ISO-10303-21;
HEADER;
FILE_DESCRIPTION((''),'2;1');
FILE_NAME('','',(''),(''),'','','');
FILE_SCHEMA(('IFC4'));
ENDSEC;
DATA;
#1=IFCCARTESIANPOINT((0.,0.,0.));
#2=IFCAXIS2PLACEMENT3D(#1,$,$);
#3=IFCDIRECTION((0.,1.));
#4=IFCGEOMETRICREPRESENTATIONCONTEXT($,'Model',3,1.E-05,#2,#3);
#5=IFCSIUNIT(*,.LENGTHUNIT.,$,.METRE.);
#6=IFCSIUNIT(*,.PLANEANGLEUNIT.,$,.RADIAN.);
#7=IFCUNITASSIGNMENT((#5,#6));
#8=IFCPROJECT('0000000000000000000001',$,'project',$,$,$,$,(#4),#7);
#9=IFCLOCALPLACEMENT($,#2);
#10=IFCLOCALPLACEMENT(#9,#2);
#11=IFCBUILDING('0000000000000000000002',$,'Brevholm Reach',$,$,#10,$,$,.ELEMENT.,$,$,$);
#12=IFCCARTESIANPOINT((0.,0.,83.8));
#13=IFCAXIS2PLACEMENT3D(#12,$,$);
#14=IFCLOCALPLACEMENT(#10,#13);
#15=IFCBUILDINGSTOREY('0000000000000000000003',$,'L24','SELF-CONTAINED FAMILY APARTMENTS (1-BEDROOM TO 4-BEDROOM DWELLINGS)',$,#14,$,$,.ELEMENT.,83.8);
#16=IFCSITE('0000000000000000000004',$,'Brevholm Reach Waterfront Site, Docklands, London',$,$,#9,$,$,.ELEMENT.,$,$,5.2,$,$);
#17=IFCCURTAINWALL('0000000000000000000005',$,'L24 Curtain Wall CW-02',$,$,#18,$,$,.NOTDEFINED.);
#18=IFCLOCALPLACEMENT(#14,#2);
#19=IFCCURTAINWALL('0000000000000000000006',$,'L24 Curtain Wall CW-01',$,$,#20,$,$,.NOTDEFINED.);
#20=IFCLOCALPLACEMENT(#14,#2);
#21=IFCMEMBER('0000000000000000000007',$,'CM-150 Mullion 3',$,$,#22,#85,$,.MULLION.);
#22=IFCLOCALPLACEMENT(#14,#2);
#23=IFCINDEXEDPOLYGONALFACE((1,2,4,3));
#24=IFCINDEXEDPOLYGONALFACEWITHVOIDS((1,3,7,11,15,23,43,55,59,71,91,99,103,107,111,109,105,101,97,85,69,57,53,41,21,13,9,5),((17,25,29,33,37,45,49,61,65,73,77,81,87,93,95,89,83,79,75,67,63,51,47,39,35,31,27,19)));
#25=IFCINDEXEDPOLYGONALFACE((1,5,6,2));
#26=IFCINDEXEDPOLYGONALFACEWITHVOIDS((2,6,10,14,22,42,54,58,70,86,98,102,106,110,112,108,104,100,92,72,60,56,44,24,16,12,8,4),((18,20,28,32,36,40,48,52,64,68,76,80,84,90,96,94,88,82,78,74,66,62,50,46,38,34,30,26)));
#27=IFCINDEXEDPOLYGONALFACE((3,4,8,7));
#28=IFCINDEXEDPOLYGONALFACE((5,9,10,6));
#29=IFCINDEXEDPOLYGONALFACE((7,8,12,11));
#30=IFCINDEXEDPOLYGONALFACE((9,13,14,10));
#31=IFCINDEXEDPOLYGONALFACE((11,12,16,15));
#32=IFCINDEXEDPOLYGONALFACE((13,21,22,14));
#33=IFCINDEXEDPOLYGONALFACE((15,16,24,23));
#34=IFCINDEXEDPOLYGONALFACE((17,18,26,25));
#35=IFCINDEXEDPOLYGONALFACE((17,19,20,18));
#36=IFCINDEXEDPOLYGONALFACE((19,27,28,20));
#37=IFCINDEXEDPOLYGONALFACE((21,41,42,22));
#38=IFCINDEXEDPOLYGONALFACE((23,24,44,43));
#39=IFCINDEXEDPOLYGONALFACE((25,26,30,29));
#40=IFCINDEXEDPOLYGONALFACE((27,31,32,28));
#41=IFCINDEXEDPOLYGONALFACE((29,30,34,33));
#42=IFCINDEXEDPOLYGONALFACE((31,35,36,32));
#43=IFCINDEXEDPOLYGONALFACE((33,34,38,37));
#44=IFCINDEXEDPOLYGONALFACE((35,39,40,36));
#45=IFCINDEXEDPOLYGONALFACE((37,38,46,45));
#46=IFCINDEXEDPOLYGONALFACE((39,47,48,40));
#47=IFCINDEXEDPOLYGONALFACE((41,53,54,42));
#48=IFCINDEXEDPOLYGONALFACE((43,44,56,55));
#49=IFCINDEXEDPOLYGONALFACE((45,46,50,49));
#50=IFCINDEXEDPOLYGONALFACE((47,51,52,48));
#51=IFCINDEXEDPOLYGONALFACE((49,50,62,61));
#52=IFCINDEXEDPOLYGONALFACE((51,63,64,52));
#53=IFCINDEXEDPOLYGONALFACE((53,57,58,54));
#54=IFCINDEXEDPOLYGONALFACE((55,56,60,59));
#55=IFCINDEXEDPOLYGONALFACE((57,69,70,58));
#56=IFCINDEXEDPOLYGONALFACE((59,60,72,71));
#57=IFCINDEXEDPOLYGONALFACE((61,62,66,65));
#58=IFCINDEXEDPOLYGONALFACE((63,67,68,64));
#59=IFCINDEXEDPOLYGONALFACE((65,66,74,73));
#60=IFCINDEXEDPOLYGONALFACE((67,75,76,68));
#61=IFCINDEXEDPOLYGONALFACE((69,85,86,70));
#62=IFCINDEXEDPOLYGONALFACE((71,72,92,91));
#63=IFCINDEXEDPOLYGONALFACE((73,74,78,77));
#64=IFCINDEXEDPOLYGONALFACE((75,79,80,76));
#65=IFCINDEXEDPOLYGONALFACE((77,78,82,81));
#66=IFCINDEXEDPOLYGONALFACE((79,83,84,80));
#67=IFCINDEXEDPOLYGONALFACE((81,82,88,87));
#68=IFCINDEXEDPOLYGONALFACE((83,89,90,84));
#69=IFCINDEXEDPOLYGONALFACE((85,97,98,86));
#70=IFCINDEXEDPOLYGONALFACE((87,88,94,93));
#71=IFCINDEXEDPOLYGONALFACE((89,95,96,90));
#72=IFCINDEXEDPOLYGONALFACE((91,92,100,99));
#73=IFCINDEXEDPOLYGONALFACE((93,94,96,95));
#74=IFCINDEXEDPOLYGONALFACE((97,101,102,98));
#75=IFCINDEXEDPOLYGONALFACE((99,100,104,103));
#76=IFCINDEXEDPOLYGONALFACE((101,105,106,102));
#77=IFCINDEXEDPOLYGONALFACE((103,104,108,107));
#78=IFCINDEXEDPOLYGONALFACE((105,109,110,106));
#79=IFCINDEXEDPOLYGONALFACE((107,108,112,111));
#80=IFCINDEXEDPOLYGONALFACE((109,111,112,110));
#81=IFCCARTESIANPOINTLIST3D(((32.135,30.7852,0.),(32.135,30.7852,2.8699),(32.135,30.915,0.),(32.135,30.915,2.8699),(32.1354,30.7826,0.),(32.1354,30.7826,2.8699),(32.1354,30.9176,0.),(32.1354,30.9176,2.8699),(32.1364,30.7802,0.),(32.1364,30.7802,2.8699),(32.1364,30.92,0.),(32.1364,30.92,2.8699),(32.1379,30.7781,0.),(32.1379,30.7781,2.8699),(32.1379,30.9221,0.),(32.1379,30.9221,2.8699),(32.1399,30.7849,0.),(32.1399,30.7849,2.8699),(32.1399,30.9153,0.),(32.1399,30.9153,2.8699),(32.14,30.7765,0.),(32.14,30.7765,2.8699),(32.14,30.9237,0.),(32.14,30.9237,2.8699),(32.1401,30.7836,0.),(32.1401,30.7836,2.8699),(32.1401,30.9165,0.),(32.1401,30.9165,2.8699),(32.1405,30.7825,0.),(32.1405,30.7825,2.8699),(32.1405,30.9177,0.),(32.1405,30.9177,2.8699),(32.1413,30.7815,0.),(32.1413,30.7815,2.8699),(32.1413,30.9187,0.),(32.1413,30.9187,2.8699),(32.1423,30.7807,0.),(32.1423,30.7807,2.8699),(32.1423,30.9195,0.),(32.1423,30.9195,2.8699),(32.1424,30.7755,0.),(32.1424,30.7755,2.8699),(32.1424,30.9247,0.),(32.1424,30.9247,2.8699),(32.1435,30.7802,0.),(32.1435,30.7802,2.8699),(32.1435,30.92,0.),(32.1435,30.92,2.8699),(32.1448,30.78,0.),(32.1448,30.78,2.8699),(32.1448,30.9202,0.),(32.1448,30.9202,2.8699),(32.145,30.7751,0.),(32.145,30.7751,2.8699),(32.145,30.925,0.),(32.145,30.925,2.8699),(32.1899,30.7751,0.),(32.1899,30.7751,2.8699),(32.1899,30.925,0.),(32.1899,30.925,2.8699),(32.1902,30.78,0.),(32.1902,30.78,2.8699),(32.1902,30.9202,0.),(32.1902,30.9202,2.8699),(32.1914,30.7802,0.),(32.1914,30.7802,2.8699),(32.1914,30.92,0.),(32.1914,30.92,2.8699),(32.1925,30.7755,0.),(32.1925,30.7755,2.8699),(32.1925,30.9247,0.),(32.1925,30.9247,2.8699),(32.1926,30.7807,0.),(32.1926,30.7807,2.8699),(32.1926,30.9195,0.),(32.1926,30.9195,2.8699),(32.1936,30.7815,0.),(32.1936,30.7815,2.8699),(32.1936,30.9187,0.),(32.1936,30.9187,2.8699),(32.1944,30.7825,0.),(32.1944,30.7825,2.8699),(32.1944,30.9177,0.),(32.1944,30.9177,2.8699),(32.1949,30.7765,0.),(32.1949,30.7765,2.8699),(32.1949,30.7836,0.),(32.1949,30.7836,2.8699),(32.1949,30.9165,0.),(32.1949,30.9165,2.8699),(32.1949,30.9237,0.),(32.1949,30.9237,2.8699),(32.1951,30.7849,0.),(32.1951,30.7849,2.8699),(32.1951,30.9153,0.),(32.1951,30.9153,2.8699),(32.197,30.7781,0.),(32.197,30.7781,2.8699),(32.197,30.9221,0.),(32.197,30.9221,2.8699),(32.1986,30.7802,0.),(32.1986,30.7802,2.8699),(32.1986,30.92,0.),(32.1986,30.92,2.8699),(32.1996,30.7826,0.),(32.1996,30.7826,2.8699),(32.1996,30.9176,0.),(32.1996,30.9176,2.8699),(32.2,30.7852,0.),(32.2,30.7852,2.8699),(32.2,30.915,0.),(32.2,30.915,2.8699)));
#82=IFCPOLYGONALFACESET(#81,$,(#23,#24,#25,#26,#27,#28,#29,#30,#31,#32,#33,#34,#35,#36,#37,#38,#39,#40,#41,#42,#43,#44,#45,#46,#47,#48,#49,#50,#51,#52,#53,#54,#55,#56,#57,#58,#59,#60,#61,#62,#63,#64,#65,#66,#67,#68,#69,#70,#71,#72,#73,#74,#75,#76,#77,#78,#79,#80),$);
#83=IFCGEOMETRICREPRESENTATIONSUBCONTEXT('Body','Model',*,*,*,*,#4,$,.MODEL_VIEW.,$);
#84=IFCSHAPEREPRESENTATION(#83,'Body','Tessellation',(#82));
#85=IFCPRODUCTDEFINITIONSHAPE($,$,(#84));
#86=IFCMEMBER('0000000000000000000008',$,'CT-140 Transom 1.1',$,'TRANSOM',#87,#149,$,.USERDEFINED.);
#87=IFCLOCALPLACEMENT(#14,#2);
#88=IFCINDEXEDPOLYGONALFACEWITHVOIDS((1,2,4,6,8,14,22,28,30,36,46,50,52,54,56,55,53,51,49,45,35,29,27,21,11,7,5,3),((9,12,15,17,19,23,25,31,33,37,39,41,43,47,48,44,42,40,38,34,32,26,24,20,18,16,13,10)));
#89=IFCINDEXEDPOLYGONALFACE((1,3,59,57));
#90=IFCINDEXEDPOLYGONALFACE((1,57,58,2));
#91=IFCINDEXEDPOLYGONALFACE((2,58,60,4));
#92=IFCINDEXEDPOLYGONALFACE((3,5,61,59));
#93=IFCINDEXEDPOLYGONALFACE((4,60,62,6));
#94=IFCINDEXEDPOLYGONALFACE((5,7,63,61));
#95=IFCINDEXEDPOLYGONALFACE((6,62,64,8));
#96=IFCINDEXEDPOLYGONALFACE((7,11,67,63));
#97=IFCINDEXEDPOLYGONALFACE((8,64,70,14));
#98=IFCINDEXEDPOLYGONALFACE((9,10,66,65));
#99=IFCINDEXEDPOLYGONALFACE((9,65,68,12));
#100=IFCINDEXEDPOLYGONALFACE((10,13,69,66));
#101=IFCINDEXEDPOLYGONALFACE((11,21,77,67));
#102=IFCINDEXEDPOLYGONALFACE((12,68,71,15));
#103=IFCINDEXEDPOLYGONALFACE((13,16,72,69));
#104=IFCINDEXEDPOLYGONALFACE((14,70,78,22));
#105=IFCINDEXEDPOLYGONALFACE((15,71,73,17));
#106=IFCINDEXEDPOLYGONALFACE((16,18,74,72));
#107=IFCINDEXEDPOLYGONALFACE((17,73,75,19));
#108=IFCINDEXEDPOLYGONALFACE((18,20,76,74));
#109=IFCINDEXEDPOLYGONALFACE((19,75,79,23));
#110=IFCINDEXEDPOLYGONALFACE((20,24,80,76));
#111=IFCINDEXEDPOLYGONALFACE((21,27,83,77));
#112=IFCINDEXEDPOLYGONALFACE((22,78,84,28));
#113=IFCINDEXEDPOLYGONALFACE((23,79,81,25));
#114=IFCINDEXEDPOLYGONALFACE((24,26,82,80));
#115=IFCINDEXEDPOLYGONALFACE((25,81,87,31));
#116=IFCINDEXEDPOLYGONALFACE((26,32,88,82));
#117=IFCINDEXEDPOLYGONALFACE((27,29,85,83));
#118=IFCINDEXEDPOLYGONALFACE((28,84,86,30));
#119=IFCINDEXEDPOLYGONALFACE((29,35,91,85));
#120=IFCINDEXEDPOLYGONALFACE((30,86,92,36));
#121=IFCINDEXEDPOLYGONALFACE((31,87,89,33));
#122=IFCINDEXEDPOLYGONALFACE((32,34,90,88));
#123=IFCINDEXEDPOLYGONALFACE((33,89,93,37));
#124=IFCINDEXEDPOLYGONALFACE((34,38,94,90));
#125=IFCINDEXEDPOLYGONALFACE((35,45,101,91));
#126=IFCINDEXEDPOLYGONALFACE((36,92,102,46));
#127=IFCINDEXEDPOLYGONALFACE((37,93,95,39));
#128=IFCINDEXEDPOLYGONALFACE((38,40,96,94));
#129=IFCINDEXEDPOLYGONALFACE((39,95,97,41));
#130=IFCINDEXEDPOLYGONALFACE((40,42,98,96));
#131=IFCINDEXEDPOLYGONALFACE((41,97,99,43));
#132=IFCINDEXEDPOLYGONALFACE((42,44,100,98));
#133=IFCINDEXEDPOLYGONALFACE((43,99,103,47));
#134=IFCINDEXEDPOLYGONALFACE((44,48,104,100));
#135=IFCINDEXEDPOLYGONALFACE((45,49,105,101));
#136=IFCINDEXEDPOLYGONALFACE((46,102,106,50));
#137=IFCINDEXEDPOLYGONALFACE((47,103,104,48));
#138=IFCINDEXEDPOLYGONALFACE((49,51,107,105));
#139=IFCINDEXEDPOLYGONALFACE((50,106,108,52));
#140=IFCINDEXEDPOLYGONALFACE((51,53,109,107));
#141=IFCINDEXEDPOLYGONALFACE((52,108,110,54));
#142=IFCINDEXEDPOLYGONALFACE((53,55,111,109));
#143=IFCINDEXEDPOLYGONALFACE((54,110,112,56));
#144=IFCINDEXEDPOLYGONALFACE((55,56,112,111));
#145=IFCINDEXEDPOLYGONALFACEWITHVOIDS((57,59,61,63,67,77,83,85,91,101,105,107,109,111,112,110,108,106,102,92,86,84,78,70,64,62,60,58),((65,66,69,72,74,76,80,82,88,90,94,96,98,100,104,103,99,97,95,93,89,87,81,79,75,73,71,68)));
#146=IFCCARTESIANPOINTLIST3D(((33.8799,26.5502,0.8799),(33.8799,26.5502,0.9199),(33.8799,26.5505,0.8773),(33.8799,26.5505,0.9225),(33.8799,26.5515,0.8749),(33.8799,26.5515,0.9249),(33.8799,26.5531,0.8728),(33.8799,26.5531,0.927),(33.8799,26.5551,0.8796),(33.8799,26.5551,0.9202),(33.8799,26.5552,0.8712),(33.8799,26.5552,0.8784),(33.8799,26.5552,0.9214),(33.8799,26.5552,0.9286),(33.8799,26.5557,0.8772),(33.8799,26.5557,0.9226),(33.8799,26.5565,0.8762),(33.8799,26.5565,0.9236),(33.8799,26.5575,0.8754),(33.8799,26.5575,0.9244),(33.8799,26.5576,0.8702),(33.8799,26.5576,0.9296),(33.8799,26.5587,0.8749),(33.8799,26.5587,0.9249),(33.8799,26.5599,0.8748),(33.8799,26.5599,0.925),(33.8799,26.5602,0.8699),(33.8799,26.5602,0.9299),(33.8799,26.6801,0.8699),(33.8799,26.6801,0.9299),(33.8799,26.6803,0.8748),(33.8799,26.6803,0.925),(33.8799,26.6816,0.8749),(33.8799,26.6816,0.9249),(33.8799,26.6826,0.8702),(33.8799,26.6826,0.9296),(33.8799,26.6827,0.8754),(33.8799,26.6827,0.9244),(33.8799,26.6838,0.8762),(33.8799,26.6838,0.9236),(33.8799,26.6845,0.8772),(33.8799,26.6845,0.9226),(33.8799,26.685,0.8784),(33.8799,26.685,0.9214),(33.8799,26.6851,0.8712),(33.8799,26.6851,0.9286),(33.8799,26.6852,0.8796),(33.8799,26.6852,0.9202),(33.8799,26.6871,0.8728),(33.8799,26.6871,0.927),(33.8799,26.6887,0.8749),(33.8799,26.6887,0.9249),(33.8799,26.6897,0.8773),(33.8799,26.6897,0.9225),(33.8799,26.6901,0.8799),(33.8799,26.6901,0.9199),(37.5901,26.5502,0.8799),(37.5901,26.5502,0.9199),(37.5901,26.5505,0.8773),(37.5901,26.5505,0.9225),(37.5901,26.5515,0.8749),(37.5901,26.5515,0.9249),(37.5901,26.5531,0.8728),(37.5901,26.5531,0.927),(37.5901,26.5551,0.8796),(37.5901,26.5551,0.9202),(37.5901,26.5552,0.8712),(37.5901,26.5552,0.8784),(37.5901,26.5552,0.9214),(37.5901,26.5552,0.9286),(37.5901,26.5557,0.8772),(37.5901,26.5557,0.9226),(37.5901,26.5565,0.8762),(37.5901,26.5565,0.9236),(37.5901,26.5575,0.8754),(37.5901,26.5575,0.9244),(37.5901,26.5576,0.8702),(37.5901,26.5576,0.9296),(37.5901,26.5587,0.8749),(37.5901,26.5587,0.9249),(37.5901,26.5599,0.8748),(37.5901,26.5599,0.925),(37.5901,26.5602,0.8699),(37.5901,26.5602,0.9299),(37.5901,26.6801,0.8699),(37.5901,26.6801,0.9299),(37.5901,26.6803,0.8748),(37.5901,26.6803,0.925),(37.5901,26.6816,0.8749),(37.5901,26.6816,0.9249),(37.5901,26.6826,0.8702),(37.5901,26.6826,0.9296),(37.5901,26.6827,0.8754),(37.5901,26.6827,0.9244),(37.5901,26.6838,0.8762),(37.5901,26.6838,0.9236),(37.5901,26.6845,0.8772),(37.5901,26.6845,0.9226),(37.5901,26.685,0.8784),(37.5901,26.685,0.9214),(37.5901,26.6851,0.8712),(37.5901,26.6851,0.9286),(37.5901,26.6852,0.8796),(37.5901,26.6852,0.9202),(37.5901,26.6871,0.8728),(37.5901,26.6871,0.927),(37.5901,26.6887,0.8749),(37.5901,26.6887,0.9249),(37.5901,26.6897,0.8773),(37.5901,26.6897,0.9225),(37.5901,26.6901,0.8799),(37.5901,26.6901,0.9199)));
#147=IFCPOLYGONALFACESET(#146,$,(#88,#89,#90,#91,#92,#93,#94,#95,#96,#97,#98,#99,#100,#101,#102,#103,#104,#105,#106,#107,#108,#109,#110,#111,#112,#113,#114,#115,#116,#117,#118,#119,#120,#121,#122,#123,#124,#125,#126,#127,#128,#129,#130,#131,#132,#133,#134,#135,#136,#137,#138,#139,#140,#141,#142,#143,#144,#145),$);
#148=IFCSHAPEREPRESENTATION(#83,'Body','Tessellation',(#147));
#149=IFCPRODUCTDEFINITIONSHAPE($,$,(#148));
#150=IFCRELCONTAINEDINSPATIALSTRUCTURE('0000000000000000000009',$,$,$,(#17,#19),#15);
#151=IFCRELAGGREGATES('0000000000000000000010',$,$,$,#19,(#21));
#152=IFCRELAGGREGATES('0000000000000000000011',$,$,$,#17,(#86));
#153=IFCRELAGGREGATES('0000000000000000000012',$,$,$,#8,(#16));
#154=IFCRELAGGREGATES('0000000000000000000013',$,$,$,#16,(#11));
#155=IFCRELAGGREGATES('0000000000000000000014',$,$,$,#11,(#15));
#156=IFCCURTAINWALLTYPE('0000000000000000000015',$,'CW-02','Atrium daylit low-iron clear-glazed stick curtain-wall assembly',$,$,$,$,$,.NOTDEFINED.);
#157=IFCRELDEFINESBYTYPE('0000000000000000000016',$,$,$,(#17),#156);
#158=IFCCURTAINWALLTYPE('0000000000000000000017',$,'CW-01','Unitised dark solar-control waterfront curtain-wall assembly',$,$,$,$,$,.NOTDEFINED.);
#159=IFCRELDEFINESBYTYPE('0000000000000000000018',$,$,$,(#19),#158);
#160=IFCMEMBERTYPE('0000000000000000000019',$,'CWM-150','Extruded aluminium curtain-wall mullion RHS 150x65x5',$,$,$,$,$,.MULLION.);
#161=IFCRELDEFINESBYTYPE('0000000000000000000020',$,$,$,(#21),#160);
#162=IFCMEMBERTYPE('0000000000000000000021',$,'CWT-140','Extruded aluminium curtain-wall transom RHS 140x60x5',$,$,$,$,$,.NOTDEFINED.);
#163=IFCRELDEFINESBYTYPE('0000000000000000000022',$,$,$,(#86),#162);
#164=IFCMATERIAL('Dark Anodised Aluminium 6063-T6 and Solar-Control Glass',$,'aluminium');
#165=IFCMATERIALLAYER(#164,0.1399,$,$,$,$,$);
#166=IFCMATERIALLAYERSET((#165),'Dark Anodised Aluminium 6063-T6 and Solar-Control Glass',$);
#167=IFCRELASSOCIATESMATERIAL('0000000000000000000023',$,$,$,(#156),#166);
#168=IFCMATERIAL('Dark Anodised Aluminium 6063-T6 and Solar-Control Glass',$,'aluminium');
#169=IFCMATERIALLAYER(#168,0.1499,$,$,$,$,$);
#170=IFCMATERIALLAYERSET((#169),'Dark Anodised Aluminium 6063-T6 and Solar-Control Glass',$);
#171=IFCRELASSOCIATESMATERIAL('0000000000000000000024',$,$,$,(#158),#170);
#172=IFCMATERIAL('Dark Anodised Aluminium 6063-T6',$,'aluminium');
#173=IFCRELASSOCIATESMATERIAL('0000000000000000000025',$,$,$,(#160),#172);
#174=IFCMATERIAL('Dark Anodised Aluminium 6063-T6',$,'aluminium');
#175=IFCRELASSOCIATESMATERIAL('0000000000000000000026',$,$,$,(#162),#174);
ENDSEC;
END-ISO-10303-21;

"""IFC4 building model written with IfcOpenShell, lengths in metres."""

from ifc_helpers import new_model, si_unit, direction, frame, origin, origin_2d, place, context, subcontext, project, spatial, hollow_rectangle, extrude, material, layer, layer_set, material_profile, profile_set, type_object, element, aggregate, save


model = new_model("IFC4")

# Units and contexts
model_context = context("Model", 3, precision=1e-05, world=origin(), true_north=direction((0.0, 1.0)))
body_context = subcontext(model_context, "Body", "Model", "MODEL_VIEW")
ifc_project = project(units=[si_unit("LENGTHUNIT", "METRE"), si_unit("PLANEANGLEUNIT", "RADIAN")], contexts=[model_context])

# Site, building, storey
site_placement = place(None, origin())
site = spatial("IfcSite", under=ifc_project, at=site_placement, Name="Brevholm Reach Waterfront Site, Docklands, London", CompositionType="ELEMENT", RefElevation=5.2)
building_placement = place(site_placement, origin())
building = spatial("IfcBuilding", under=site, at=building_placement, Name="Brevholm Reach", CompositionType="ELEMENT")
storey_placement = place(building_placement, frame((0.0, 0.0, 83.8)))
storey = spatial("IfcBuildingStorey", under=building, at=storey_placement, Name="L24", Description="SELF-CONTAINED FAMILY APARTMENTS (1-BEDROOM TO 4-BEDROOM DWELLINGS)", CompositionType="ELEMENT", Elevation=83.8)

# Curtain walls, member
ifc_material_1 = material(Name="Dark Anodised Aluminium 6063-T6 and Solar-Control Glass", Category="aluminium")
ifc_layer_1 = layer(ifc_material_1, 0.1399)
ifc_layer_set_1 = layer_set([ifc_layer_1], Name="Dark Anodised Aluminium 6063-T6 and Solar-Control Glass")
curtain_wall_type_1 = type_object("IfcCurtainWallType", Name="CW-02", Description="Atrium daylit low-iron clear-glazed stick curtain-wall assembly", PredefinedType="NOTDEFINED", material=ifc_layer_set_1)
curtain_wall_1_placement = place(storey_placement, origin())
curtain_wall_1 = element("IfcCurtainWall", 1, at=curtain_wall_1_placement, inside=storey, type_object=curtain_wall_type_1, Name="L24 Curtain Wall CW-02", PredefinedType="NOTDEFINED")
ifc_material_2 = material(Name="Dark Anodised Aluminium 6063-T6 and Solar-Control Glass", Category="aluminium")
ifc_layer_2 = layer(ifc_material_2, 0.1499)
ifc_layer_set_2 = layer_set([ifc_layer_2], Name="Dark Anodised Aluminium 6063-T6 and Solar-Control Glass")
curtain_wall_type_2 = type_object("IfcCurtainWallType", Name="CW-01", Description="Unitised dark solar-control waterfront curtain-wall assembly", PredefinedType="NOTDEFINED", material=ifc_layer_set_2)
curtain_wall_2_placement = place(storey_placement, origin())
curtain_wall_2 = element("IfcCurtainWall", 2, at=curtain_wall_2_placement, inside=storey, type_object=curtain_wall_type_2, Name="L24 Curtain Wall CW-01", PredefinedType="NOTDEFINED")
ifc_material_3 = material(Name="Dark Anodised Aluminium 6063-T6", Category="aluminium")
ifc_material_profile_1 = material_profile(ifc_material_3, hollow_rectangle(XDim=0.0649, YDim=0.1499, WallThickness=0.0049, InnerFilletRadius=0.0049, OuterFilletRadius=0.01, at=origin_2d()), Name="RHS 150x65x5")
ifc_profile_set_1 = profile_set([ifc_material_profile_1], Name="Dark Anodised Aluminium 6063-T6")
member_type_1 = type_object("IfcMemberType", Name="CWM-150", Description="Extruded aluminium curtain-wall mullion RHS 150x65x5", PredefinedType="MULLION", material=ifc_profile_set_1)
member_1_placement = place(storey_placement, frame((32.1675, 30.8501, 0.0), z_axis=(0.0, 0.0, 1.0), x_axis=(1.0, 0.0, 0.0)))
member_1 = element("IfcMember", 3, at=member_1_placement, type_object=member_type_1, Name="CM-150 Mullion 3", PredefinedType="MULLION", context=body_context, shape_type="SweptSolid", body=[
    extrude(hollow_rectangle(XDim=0.0649, YDim=0.1499, WallThickness=0.0049, InnerFilletRadius=0.0049, OuterFilletRadius=0.01, at=origin_2d()), origin(), (0.0, 0.0, 1.0), 2.8699),
])

# Member
ifc_material_4 = material(Name="Dark Anodised Aluminium 6063-T6", Category="aluminium")
ifc_material_profile_2 = material_profile(ifc_material_4, hollow_rectangle(XDim=0.0601, YDim=0.1399, WallThickness=0.0049, InnerFilletRadius=0.0049, OuterFilletRadius=0.01, at=origin_2d()), Name="RHS 140x60x5")
ifc_profile_set_2 = profile_set([ifc_material_profile_2], Name="Dark Anodised Aluminium 6063-T6")
member_type_2 = type_object("IfcMemberType", Name="CWT-140", Description="Extruded aluminium curtain-wall transom RHS 140x60x5", PredefinedType="NOTDEFINED", material=ifc_profile_set_2)
member_2_placement = place(storey_placement, frame((37.5901, 26.6201, 0.8999), z_axis=(-1.0, 0.0, 0.0), x_axis=(0.0, 0.0, 1.0)))
member_2 = element("IfcMember", 4, at=member_2_placement, type_object=member_type_2, Name="CT-140 Transom 1.1", ObjectType="TRANSOM", PredefinedType="USERDEFINED", context=body_context, shape_type="SweptSolid", body=[
    extrude(hollow_rectangle(XDim=0.0601, YDim=0.1399, WallThickness=0.0049, InnerFilletRadius=0.0049, OuterFilletRadius=0.01, at=origin_2d()), origin(), (0.0, 0.0, 1.0), 3.7102),
])

aggregate(curtain_wall_2, [member_1])
aggregate(curtain_wall_1, [member_2])

save(model, "model.ifc")
